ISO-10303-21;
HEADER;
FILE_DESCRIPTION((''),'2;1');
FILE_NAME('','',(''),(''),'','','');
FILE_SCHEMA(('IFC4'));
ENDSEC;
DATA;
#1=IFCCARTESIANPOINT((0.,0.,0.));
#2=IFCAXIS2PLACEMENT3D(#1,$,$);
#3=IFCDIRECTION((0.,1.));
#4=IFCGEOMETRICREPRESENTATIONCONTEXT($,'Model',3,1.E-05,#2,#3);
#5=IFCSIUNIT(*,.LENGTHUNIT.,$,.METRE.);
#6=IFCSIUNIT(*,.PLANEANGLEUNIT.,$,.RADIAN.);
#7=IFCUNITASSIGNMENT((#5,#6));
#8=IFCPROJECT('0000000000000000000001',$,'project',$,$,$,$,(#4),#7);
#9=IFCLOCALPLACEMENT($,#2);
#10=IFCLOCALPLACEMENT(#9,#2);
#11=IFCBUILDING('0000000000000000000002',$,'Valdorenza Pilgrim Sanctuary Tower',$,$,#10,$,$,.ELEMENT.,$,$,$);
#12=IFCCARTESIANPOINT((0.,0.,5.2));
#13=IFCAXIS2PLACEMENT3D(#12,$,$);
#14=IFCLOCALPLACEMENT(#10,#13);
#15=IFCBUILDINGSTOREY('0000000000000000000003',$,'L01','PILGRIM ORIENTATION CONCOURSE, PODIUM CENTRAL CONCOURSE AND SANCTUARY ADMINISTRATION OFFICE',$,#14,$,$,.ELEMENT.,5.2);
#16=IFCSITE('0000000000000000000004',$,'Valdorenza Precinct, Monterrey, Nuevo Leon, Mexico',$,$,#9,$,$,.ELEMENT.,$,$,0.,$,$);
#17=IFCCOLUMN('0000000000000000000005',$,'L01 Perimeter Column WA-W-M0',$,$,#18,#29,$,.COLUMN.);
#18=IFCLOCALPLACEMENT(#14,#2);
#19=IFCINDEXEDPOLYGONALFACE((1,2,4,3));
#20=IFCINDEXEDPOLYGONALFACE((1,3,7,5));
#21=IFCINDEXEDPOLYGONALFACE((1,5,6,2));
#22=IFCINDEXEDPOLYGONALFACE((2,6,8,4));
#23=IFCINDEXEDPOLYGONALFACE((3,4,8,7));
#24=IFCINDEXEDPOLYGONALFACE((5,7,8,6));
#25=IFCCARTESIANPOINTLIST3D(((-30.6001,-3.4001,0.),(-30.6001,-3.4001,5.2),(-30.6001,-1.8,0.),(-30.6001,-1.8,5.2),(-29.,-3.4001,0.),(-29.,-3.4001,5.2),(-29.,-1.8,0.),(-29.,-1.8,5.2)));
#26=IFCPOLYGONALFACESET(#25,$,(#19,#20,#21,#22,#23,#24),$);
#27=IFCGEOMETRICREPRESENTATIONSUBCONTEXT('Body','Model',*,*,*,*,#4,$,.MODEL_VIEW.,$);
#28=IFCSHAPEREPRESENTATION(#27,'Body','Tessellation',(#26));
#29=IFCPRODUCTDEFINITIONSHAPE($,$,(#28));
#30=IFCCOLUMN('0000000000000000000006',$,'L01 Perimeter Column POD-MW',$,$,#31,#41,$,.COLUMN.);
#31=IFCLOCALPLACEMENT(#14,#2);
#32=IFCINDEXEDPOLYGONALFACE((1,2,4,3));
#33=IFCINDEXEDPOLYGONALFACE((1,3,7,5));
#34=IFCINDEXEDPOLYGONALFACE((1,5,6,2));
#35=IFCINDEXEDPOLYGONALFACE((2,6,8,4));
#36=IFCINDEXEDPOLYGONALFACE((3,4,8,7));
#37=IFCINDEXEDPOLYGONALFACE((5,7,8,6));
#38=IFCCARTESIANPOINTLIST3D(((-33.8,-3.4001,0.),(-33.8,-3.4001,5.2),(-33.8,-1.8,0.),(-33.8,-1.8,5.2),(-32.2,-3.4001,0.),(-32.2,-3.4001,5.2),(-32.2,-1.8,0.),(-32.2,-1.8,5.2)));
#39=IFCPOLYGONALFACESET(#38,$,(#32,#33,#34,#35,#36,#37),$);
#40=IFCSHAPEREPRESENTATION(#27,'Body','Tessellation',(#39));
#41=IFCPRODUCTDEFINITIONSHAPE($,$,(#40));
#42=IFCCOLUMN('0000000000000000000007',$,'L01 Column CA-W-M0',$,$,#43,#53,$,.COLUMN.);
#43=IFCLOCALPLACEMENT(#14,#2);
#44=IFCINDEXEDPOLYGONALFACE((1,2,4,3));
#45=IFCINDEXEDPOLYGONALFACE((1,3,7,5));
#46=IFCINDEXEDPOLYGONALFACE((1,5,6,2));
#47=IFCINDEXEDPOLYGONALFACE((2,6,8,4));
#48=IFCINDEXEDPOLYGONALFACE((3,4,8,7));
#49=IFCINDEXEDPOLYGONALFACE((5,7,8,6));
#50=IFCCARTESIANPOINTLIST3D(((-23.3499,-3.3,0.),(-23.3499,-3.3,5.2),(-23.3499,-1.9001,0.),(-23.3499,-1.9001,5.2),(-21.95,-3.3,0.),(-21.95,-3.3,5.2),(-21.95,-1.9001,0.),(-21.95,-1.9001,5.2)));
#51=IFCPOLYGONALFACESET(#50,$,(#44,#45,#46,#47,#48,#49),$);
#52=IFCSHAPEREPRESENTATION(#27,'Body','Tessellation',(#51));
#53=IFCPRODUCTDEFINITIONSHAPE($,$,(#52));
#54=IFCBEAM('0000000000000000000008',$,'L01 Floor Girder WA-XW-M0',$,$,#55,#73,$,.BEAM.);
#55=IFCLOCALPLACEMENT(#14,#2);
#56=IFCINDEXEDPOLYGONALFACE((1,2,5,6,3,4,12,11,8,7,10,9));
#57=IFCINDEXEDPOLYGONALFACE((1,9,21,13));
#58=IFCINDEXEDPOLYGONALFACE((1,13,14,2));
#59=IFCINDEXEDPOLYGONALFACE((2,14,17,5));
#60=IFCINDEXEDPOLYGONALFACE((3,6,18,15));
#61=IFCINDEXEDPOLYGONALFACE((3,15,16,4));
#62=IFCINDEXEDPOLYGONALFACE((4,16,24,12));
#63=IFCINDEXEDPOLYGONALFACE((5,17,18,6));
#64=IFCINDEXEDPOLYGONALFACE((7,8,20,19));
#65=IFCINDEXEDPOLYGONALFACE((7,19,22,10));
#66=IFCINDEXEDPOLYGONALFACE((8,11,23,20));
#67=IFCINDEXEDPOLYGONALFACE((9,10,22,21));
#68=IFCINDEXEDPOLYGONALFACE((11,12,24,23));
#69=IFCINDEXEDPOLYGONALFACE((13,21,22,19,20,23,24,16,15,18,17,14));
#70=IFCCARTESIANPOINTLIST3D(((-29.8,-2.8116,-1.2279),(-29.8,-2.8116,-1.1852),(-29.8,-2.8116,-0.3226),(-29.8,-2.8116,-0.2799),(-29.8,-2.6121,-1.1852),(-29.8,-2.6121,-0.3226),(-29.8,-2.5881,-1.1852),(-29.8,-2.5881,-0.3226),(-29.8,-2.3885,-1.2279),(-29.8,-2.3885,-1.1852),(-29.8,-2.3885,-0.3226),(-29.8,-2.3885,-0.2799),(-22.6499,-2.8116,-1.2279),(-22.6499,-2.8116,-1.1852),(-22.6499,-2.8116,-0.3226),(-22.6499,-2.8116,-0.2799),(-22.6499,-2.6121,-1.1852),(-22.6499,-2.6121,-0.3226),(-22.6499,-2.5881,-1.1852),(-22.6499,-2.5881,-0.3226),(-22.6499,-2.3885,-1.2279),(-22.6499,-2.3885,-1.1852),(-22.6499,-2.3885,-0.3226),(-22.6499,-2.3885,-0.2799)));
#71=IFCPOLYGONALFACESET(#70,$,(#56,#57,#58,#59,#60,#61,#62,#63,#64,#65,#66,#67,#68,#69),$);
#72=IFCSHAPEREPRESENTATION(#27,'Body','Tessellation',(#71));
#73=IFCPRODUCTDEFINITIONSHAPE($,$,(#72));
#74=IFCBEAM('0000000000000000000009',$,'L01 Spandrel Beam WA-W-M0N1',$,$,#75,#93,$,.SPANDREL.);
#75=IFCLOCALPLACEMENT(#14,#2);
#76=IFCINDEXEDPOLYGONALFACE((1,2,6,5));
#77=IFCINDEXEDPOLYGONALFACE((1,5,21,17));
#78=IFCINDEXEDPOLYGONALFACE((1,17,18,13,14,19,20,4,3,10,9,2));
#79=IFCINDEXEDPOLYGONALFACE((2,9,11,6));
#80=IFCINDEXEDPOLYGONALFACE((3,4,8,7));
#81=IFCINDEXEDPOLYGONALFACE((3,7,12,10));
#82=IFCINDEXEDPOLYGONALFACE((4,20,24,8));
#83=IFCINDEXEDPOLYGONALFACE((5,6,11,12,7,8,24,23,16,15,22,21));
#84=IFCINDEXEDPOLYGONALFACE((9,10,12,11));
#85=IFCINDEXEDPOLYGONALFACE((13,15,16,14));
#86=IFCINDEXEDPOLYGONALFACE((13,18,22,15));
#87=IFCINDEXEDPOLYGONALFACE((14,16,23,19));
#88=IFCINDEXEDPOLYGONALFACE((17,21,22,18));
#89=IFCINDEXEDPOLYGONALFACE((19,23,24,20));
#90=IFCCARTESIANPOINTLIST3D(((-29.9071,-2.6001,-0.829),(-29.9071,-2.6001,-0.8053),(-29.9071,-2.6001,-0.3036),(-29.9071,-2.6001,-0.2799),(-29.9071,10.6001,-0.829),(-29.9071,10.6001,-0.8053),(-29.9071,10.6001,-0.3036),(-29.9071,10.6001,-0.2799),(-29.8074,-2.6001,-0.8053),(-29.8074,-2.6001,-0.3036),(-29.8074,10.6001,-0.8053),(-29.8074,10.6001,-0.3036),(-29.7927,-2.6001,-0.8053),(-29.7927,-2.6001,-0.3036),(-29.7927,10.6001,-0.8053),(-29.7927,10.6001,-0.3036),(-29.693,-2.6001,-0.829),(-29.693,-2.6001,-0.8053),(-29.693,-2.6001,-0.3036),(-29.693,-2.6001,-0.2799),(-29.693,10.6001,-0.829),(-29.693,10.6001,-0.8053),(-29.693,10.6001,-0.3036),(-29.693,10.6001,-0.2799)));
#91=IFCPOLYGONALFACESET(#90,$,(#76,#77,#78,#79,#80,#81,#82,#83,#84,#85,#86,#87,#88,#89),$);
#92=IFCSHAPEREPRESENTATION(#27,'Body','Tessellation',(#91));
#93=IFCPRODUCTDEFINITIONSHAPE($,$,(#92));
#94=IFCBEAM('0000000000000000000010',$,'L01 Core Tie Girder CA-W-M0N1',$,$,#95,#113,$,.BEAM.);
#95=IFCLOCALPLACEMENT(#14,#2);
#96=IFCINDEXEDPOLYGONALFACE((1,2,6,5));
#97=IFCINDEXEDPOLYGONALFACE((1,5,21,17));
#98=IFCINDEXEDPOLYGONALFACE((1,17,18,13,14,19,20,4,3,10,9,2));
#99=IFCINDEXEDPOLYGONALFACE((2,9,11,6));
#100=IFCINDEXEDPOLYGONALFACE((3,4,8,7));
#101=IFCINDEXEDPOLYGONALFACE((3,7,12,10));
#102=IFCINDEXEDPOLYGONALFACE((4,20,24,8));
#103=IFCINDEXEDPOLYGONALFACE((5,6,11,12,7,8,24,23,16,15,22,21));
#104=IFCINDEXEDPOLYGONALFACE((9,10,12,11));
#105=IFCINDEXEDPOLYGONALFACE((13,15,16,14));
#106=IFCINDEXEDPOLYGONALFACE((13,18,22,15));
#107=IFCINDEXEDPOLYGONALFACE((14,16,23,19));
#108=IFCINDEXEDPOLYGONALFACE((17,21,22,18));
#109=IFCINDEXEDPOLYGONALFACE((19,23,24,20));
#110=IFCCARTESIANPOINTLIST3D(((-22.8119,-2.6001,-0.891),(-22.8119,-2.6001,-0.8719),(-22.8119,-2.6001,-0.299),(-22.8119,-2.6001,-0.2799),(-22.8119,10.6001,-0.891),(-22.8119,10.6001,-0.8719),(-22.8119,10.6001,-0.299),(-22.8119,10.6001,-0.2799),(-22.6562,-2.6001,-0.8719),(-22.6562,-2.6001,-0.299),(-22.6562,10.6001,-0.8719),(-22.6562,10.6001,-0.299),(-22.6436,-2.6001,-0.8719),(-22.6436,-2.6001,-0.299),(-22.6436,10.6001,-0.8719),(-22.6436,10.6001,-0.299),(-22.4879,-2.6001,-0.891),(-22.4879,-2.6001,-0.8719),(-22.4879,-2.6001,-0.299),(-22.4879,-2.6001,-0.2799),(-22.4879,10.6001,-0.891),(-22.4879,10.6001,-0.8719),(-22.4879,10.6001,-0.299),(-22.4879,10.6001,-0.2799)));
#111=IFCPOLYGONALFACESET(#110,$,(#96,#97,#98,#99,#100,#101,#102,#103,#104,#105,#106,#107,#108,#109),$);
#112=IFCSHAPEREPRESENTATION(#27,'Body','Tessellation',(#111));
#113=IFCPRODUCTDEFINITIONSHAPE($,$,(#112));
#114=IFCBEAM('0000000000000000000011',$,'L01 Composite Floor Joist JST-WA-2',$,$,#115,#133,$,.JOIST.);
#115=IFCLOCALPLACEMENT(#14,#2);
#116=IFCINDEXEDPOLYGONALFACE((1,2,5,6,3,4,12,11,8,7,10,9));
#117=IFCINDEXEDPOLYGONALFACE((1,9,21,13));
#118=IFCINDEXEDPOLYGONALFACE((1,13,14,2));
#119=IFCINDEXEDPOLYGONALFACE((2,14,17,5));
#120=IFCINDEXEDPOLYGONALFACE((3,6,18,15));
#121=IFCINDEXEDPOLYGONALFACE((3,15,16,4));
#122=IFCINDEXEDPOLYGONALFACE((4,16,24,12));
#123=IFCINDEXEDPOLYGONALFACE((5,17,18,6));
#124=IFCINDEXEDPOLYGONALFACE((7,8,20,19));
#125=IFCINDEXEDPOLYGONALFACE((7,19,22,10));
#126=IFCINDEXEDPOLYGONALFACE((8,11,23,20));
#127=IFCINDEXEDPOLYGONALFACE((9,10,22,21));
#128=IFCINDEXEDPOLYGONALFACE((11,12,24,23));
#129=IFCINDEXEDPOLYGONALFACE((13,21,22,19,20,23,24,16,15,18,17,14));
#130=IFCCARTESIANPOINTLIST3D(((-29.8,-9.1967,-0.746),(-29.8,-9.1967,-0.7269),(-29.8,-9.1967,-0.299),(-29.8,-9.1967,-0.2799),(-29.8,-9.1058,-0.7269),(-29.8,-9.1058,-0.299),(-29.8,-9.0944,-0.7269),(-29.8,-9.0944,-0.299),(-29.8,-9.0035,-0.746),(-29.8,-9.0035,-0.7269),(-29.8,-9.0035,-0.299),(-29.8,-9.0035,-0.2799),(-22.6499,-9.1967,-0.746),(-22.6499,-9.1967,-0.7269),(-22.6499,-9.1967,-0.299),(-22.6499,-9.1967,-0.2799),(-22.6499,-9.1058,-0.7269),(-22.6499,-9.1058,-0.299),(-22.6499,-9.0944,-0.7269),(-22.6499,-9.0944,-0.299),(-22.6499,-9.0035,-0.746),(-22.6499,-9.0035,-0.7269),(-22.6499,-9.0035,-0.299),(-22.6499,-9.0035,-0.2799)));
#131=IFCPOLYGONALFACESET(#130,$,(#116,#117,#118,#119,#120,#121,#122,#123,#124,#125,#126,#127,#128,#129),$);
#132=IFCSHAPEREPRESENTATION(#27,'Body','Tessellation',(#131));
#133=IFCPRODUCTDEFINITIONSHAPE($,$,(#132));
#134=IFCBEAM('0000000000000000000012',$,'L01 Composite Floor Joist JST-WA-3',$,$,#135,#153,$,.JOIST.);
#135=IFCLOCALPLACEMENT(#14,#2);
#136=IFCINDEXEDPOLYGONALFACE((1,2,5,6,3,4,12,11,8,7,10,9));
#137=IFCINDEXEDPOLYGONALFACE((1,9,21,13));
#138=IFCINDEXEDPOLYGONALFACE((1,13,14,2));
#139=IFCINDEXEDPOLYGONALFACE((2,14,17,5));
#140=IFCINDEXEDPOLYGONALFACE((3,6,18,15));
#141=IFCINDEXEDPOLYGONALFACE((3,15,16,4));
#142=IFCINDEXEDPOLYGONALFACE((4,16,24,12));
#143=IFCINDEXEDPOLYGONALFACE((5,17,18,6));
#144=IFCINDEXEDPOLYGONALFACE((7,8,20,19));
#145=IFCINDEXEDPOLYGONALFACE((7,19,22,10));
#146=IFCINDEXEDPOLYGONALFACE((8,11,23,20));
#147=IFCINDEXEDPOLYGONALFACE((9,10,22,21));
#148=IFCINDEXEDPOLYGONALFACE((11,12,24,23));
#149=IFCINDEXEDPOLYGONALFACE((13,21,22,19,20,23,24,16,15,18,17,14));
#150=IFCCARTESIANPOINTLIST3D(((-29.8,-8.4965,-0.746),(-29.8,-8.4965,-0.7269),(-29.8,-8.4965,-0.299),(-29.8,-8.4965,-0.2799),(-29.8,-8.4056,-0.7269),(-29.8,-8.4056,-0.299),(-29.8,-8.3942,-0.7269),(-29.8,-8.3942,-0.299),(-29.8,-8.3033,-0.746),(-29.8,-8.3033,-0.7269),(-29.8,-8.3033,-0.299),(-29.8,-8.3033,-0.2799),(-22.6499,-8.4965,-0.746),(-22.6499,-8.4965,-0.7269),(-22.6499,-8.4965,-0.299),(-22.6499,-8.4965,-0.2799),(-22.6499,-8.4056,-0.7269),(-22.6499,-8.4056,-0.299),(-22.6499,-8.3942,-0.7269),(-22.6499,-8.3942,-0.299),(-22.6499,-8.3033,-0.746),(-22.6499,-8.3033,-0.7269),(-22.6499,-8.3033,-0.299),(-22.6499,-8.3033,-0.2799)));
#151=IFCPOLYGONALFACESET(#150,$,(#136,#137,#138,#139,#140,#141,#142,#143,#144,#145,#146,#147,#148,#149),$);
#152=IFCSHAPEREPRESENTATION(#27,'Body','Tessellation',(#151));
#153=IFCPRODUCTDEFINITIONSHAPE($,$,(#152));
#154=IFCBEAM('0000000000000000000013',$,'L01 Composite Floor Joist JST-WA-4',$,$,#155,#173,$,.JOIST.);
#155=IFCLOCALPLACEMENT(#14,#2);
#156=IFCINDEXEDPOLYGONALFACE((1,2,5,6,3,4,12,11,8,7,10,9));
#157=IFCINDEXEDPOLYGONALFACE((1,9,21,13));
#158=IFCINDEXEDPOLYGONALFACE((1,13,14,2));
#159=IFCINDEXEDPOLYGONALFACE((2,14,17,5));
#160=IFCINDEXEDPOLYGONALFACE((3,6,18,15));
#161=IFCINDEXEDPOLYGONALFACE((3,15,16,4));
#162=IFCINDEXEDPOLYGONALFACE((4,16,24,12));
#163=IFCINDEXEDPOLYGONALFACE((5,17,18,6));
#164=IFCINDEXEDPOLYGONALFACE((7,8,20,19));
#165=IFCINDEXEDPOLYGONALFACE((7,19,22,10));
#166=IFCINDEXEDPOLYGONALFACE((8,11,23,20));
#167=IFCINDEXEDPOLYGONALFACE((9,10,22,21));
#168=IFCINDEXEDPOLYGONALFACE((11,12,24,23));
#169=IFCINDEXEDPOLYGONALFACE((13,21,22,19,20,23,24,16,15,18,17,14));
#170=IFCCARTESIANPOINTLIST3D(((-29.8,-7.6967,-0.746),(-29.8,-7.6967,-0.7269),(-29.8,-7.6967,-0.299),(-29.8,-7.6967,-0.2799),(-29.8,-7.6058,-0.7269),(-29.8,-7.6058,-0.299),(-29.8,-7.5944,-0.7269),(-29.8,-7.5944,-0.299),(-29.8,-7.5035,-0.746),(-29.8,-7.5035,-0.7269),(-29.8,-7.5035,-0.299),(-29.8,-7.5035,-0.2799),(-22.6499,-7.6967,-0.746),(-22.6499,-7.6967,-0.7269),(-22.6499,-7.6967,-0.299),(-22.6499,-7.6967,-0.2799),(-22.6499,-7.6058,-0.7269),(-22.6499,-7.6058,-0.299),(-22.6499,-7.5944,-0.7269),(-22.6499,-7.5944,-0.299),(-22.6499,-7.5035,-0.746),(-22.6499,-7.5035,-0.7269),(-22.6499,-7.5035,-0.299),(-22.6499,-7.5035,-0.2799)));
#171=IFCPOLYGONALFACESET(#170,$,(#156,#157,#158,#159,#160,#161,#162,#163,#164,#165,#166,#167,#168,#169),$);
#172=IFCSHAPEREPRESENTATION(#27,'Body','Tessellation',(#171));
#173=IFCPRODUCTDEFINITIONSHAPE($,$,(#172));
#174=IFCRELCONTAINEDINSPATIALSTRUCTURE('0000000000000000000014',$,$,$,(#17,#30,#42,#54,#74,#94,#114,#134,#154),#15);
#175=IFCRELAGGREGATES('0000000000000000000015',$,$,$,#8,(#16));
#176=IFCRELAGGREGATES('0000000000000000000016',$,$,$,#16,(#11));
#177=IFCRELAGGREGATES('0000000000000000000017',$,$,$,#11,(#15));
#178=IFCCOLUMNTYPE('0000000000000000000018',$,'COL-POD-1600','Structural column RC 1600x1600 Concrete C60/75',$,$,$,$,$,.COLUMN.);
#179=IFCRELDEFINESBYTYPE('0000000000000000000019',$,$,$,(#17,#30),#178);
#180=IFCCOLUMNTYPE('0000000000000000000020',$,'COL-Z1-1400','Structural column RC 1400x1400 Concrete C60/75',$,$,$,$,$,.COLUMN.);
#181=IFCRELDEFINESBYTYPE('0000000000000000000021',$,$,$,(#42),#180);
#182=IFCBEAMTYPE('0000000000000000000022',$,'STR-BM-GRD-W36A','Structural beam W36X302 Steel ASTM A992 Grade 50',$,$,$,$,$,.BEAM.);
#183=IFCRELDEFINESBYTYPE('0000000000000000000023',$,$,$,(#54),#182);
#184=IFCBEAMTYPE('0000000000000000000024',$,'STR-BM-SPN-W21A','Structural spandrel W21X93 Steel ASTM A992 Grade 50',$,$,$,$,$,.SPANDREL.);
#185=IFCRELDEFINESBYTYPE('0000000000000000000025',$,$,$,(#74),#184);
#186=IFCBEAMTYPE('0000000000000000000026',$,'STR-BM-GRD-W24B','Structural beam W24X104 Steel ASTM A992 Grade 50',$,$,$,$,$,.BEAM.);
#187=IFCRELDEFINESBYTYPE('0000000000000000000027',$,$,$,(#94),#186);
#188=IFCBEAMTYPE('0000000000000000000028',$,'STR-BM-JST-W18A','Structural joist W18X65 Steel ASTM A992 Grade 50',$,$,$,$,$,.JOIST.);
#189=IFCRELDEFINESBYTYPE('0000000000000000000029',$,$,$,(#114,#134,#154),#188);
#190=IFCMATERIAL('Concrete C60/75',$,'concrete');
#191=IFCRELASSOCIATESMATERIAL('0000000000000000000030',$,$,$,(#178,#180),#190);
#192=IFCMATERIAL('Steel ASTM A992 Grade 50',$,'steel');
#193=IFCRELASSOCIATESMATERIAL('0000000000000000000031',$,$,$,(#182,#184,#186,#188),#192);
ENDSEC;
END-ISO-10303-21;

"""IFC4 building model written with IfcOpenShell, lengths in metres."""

from ifc_helpers import new_model, si_unit, direction, frame, origin, origin_2d, place, context, subcontext, project, spatial, rectangle, i_section, extrude, source, transform, mapped, material, material_profile, profile_set, type_object, element, save


model = new_model("IFC4")

# Units and contexts
model_context = context("Model", 3, precision=1e-05, world=origin(), true_north=direction((0.0, 1.0)))
body_context = subcontext(model_context, "Body", "Model", "MODEL_VIEW")
ifc_project = project(units=[si_unit("LENGTHUNIT", "METRE"), si_unit("PLANEANGLEUNIT", "RADIAN")], contexts=[model_context])

# Site, building, storey
site_placement = place(None, origin())
site = spatial("IfcSite", under=ifc_project, at=site_placement, Name="Valdorenza Precinct, Monterrey, Nuevo Leon, Mexico", CompositionType="ELEMENT", RefElevation=0.0)
building_placement = place(site_placement, origin())
building = spatial("IfcBuilding", under=site, at=building_placement, Name="Valdorenza Pilgrim Sanctuary Tower", CompositionType="ELEMENT")
storey_placement = place(building_placement, frame((0.0, 0.0, 5.2)))
storey = spatial("IfcBuildingStorey", under=building, at=storey_placement, Name="L01", Description="PILGRIM ORIENTATION CONCOURSE, PODIUM CENTRAL CONCOURSE AND SANCTUARY ADMINISTRATION OFFICE", CompositionType="ELEMENT", Elevation=5.2)

# Columns
ifc_material_1 = material(Name="Concrete C60/75", Category="concrete")
ifc_material_profile_1 = material_profile(ifc_material_1, rectangle(XDim=1.6001, YDim=1.6001, at=origin_2d()), Name="RC 1600x1600")
ifc_profile_set_1 = profile_set([ifc_material_profile_1], Name="Concrete C60/75")
column_type_1 = type_object("IfcColumnType", Name="COL-POD-1600", Description="Structural column RC 1600x1600 Concrete C60/75", PredefinedType="COLUMN", material=ifc_profile_set_1)
shared_shape_1 = source(origin(), body_context, "Body", "SweptSolid", [
    extrude(rectangle(XDim=1.6001, YDim=1.6001, at=origin_2d()), origin(), (0.0, 0.0, 1.0), 5.2),
])
for number, where, z_axis, x_axis, name in (
    (1, (-29.8, -2.6001, 0.0), (0.0, 0.0, 1.0), (1.0, 0.0, 0.0), "L01 Perimeter Column WA-W-M0"),
    (2, (-33.0, -2.6001, 0.0), (0.0, 0.0, 1.0), (1.0, 0.0, 0.0), "L01 Perimeter Column POD-MW"),
):
    element("IfcColumn", number, at=place(storey_placement, frame(where, z_axis=z_axis, x_axis=x_axis)), inside=storey, type_object=column_type_1, Name=name, PredefinedType="COLUMN", context=body_context, shape_type="MappedRepresentation", body=[
        mapped(shared_shape_1, transform((0.0, 0.0, 0.0), x_axis=(1.0, 0.0, 0.0), y_axis=(0.0, 1.0, 0.0), z_axis=(0.0, 0.0, 1.0), scale=1.0)),
    ])
ifc_material_profile_2 = material_profile(ifc_material_1, rectangle(XDim=1.3999, YDim=1.3999, at=origin_2d()), Name="RC 1400x1400")
ifc_profile_set_2 = profile_set([ifc_material_profile_2], Name="Concrete C60/75")
column_type_2 = type_object("IfcColumnType", Name="COL-Z1-1400", Description="Structural column RC 1400x1400 Concrete C60/75", PredefinedType="COLUMN", material=ifc_profile_set_2)
shared_shape_2 = source(origin(), body_context, "Body", "SweptSolid", [
    extrude(rectangle(XDim=1.3999, YDim=1.3999, at=origin_2d()), origin(), (0.0, 0.0, 1.0), 5.2),
])
column_placement = place(storey_placement, frame((-22.6499, -2.6001, 0.0), z_axis=(0.0, 0.0, 1.0), x_axis=(1.0, 0.0, 0.0)))
element("IfcColumn", 3, at=column_placement, inside=storey, type_object=column_type_2, Name="L01 Column CA-W-M0", PredefinedType="COLUMN", context=body_context, shape_type="MappedRepresentation", body=[
    mapped(shared_shape_2, transform((0.0, 0.0, 0.0), x_axis=(1.0, 0.0, 0.0), y_axis=(0.0, 1.0, 0.0), z_axis=(0.0, 0.0, 1.0), scale=1.0)),
])

# Beams
ifc_material_2 = material(Name="Steel ASTM A992 Grade 50", Category="steel")
ifc_material_profile_3 = material_profile(ifc_material_2, i_section(OverallWidth=0.4231, OverallDepth=0.948, WebThickness=0.0239, FlangeThickness=0.0427, at=origin_2d()), Name="W36X302")
ifc_profile_set_3 = profile_set([ifc_material_profile_3], Name="Steel ASTM A992 Grade 50")
beam_type_1 = type_object("IfcBeamType", Name="STR-BM-GRD-W36A", Description="Structural beam W36X302 Steel ASTM A992 Grade 50", PredefinedType="BEAM", material=ifc_profile_set_3)
shared_shape_3 = source(origin(), body_context, "Body", "SweptSolid", [
    extrude(i_section(OverallWidth=0.4231, OverallDepth=0.948, WebThickness=0.0239, FlangeThickness=0.0427, at=origin_2d()), origin(), (0.0, 0.0, 1.0), 7.1501),
])
beam_1_placement = place(storey_placement, frame((-29.8, -2.6001, -0.7539), z_axis=(1.0, 0.0, 0.0), x_axis=(0.0, 1.0, 0.0)))
element("IfcBeam", 4, at=beam_1_placement, inside=storey, type_object=beam_type_1, Name="L01 Floor Girder WA-XW-M0", PredefinedType="BEAM", context=body_context, shape_type="MappedRepresentation", body=[
    mapped(shared_shape_3, transform((0.0, 0.0, 0.0), x_axis=(1.0, 0.0, 0.0), y_axis=(0.0, 1.0, 0.0), z_axis=(0.0, 0.0, 1.0), scale=1.0)),
])
ifc_material_profile_4 = material_profile(ifc_material_2, i_section(OverallWidth=0.2141, OverallDepth=0.5491, WebThickness=0.0146, FlangeThickness=0.0237, at=origin_2d()), Name="W21X93")
ifc_profile_set_4 = profile_set([ifc_material_profile_4], Name="Steel ASTM A992 Grade 50")
beam_type_2 = type_object("IfcBeamType", Name="STR-BM-SPN-W21A", Description="Structural spandrel W21X93 Steel ASTM A992 Grade 50", PredefinedType="SPANDREL", material=ifc_profile_set_4)
shared_shape_4 = source(origin(), body_context, "Body", "SweptSolid", [
    extrude(i_section(OverallWidth=0.2141, OverallDepth=0.5491, WebThickness=0.0146, FlangeThickness=0.0237, at=origin_2d()), origin(), (0.0, 0.0, 1.0), 13.2002),
])
beam_2_placement = place(storey_placement, frame((-29.8, -2.6001, -0.5544), z_axis=(0.0, 1.0, 0.0), x_axis=(-1.0, 0.0, 0.0)))
element("IfcBeam", 5, at=beam_2_placement, inside=storey, type_object=beam_type_2, Name="L01 Spandrel Beam WA-W-M0N1", PredefinedType="SPANDREL", context=body_context, shape_type="MappedRepresentation", body=[
    mapped(shared_shape_4, transform((0.0, 0.0, 0.0), x_axis=(1.0, 0.0, 0.0), y_axis=(0.0, 1.0, 0.0), z_axis=(0.0, 0.0, 1.0), scale=1.0)),
])
ifc_material_profile_5 = material_profile(ifc_material_2, i_section(OverallWidth=0.324, OverallDepth=0.6111, WebThickness=0.0127, FlangeThickness=0.019, at=origin_2d()), Name="W24X104")
ifc_profile_set_5 = profile_set([ifc_material_profile_5], Name="Steel ASTM A992 Grade 50")
beam_type_3 = type_object("IfcBeamType", Name="STR-BM-GRD-W24B", Description="Structural beam W24X104 Steel ASTM A992 Grade 50", PredefinedType="BEAM", material=ifc_profile_set_5)
shared_shape_5 = source(origin(), body_context, "Body", "SweptSolid", [
    extrude(i_section(OverallWidth=0.324, OverallDepth=0.6111, WebThickness=0.0127, FlangeThickness=0.019, at=origin_2d()), origin(), (0.0, 0.0, 1.0), 13.2002),
])
beam_3_placement = place(storey_placement, frame((-22.6499, -2.6001, -0.5854), z_axis=(0.0, 1.0, 0.0), x_axis=(-1.0, 0.0, 0.0)))
element("IfcBeam", 6, at=beam_3_placement, inside=storey, type_object=beam_type_3, Name="L01 Core Tie Girder CA-W-M0N1", PredefinedType="BEAM", context=body_context, shape_type="MappedRepresentation", body=[
    mapped(shared_shape_5, transform((0.0, 0.0, 0.0), x_axis=(1.0, 0.0, 0.0), y_axis=(0.0, 1.0, 0.0), z_axis=(0.0, 0.0, 1.0), scale=1.0)),
])
ifc_material_profile_6 = material_profile(ifc_material_2, i_section(OverallWidth=0.1931, OverallDepth=0.4661, WebThickness=0.0115, FlangeThickness=0.019, at=origin_2d()), Name="W18X65")
ifc_profile_set_6 = profile_set([ifc_material_profile_6], Name="Steel ASTM A992 Grade 50")
beam_type_4 = type_object("IfcBeamType", Name="STR-BM-JST-W18A", Description="Structural joist W18X65 Steel ASTM A992 Grade 50", PredefinedType="JOIST", material=ifc_profile_set_6)
shared_shape_6 = source(origin(), body_context, "Body", "SweptSolid", [
    extrude(i_section(OverallWidth=0.1931, OverallDepth=0.4661, WebThickness=0.0115, FlangeThickness=0.019, at=origin_2d()), origin(), (0.0, 0.0, 1.0), 7.1501),
])
for number, where, z_axis, x_axis, name in (
    (7, (-29.8, -9.1001, -0.5129), (1.0, 0.0, 0.0), (0.0, 1.0, 0.0), "L01 Composite Floor Joist JST-WA-2"),
    (8, (-29.8, -8.3999, -0.5129), (1.0, 0.0, 0.0), (0.0, 1.0, 0.0), "L01 Composite Floor Joist JST-WA-3"),
    (9, (-29.8, -7.6001, -0.5129), (1.0, 0.0, 0.0), (0.0, 1.0, 0.0), "L01 Composite Floor Joist JST-WA-4"),
):
    element("IfcBeam", number, at=place(storey_placement, frame(where, z_axis=z_axis, x_axis=x_axis)), inside=storey, type_object=beam_type_4, Name=name, PredefinedType="JOIST", context=body_context, shape_type="MappedRepresentation", body=[
        mapped(shared_shape_6, transform((0.0, 0.0, 0.0), x_axis=(1.0, 0.0, 0.0), y_axis=(0.0, 1.0, 0.0), z_axis=(0.0, 0.0, 1.0), scale=1.0)),
    ])

save(model, "model.ifc")
